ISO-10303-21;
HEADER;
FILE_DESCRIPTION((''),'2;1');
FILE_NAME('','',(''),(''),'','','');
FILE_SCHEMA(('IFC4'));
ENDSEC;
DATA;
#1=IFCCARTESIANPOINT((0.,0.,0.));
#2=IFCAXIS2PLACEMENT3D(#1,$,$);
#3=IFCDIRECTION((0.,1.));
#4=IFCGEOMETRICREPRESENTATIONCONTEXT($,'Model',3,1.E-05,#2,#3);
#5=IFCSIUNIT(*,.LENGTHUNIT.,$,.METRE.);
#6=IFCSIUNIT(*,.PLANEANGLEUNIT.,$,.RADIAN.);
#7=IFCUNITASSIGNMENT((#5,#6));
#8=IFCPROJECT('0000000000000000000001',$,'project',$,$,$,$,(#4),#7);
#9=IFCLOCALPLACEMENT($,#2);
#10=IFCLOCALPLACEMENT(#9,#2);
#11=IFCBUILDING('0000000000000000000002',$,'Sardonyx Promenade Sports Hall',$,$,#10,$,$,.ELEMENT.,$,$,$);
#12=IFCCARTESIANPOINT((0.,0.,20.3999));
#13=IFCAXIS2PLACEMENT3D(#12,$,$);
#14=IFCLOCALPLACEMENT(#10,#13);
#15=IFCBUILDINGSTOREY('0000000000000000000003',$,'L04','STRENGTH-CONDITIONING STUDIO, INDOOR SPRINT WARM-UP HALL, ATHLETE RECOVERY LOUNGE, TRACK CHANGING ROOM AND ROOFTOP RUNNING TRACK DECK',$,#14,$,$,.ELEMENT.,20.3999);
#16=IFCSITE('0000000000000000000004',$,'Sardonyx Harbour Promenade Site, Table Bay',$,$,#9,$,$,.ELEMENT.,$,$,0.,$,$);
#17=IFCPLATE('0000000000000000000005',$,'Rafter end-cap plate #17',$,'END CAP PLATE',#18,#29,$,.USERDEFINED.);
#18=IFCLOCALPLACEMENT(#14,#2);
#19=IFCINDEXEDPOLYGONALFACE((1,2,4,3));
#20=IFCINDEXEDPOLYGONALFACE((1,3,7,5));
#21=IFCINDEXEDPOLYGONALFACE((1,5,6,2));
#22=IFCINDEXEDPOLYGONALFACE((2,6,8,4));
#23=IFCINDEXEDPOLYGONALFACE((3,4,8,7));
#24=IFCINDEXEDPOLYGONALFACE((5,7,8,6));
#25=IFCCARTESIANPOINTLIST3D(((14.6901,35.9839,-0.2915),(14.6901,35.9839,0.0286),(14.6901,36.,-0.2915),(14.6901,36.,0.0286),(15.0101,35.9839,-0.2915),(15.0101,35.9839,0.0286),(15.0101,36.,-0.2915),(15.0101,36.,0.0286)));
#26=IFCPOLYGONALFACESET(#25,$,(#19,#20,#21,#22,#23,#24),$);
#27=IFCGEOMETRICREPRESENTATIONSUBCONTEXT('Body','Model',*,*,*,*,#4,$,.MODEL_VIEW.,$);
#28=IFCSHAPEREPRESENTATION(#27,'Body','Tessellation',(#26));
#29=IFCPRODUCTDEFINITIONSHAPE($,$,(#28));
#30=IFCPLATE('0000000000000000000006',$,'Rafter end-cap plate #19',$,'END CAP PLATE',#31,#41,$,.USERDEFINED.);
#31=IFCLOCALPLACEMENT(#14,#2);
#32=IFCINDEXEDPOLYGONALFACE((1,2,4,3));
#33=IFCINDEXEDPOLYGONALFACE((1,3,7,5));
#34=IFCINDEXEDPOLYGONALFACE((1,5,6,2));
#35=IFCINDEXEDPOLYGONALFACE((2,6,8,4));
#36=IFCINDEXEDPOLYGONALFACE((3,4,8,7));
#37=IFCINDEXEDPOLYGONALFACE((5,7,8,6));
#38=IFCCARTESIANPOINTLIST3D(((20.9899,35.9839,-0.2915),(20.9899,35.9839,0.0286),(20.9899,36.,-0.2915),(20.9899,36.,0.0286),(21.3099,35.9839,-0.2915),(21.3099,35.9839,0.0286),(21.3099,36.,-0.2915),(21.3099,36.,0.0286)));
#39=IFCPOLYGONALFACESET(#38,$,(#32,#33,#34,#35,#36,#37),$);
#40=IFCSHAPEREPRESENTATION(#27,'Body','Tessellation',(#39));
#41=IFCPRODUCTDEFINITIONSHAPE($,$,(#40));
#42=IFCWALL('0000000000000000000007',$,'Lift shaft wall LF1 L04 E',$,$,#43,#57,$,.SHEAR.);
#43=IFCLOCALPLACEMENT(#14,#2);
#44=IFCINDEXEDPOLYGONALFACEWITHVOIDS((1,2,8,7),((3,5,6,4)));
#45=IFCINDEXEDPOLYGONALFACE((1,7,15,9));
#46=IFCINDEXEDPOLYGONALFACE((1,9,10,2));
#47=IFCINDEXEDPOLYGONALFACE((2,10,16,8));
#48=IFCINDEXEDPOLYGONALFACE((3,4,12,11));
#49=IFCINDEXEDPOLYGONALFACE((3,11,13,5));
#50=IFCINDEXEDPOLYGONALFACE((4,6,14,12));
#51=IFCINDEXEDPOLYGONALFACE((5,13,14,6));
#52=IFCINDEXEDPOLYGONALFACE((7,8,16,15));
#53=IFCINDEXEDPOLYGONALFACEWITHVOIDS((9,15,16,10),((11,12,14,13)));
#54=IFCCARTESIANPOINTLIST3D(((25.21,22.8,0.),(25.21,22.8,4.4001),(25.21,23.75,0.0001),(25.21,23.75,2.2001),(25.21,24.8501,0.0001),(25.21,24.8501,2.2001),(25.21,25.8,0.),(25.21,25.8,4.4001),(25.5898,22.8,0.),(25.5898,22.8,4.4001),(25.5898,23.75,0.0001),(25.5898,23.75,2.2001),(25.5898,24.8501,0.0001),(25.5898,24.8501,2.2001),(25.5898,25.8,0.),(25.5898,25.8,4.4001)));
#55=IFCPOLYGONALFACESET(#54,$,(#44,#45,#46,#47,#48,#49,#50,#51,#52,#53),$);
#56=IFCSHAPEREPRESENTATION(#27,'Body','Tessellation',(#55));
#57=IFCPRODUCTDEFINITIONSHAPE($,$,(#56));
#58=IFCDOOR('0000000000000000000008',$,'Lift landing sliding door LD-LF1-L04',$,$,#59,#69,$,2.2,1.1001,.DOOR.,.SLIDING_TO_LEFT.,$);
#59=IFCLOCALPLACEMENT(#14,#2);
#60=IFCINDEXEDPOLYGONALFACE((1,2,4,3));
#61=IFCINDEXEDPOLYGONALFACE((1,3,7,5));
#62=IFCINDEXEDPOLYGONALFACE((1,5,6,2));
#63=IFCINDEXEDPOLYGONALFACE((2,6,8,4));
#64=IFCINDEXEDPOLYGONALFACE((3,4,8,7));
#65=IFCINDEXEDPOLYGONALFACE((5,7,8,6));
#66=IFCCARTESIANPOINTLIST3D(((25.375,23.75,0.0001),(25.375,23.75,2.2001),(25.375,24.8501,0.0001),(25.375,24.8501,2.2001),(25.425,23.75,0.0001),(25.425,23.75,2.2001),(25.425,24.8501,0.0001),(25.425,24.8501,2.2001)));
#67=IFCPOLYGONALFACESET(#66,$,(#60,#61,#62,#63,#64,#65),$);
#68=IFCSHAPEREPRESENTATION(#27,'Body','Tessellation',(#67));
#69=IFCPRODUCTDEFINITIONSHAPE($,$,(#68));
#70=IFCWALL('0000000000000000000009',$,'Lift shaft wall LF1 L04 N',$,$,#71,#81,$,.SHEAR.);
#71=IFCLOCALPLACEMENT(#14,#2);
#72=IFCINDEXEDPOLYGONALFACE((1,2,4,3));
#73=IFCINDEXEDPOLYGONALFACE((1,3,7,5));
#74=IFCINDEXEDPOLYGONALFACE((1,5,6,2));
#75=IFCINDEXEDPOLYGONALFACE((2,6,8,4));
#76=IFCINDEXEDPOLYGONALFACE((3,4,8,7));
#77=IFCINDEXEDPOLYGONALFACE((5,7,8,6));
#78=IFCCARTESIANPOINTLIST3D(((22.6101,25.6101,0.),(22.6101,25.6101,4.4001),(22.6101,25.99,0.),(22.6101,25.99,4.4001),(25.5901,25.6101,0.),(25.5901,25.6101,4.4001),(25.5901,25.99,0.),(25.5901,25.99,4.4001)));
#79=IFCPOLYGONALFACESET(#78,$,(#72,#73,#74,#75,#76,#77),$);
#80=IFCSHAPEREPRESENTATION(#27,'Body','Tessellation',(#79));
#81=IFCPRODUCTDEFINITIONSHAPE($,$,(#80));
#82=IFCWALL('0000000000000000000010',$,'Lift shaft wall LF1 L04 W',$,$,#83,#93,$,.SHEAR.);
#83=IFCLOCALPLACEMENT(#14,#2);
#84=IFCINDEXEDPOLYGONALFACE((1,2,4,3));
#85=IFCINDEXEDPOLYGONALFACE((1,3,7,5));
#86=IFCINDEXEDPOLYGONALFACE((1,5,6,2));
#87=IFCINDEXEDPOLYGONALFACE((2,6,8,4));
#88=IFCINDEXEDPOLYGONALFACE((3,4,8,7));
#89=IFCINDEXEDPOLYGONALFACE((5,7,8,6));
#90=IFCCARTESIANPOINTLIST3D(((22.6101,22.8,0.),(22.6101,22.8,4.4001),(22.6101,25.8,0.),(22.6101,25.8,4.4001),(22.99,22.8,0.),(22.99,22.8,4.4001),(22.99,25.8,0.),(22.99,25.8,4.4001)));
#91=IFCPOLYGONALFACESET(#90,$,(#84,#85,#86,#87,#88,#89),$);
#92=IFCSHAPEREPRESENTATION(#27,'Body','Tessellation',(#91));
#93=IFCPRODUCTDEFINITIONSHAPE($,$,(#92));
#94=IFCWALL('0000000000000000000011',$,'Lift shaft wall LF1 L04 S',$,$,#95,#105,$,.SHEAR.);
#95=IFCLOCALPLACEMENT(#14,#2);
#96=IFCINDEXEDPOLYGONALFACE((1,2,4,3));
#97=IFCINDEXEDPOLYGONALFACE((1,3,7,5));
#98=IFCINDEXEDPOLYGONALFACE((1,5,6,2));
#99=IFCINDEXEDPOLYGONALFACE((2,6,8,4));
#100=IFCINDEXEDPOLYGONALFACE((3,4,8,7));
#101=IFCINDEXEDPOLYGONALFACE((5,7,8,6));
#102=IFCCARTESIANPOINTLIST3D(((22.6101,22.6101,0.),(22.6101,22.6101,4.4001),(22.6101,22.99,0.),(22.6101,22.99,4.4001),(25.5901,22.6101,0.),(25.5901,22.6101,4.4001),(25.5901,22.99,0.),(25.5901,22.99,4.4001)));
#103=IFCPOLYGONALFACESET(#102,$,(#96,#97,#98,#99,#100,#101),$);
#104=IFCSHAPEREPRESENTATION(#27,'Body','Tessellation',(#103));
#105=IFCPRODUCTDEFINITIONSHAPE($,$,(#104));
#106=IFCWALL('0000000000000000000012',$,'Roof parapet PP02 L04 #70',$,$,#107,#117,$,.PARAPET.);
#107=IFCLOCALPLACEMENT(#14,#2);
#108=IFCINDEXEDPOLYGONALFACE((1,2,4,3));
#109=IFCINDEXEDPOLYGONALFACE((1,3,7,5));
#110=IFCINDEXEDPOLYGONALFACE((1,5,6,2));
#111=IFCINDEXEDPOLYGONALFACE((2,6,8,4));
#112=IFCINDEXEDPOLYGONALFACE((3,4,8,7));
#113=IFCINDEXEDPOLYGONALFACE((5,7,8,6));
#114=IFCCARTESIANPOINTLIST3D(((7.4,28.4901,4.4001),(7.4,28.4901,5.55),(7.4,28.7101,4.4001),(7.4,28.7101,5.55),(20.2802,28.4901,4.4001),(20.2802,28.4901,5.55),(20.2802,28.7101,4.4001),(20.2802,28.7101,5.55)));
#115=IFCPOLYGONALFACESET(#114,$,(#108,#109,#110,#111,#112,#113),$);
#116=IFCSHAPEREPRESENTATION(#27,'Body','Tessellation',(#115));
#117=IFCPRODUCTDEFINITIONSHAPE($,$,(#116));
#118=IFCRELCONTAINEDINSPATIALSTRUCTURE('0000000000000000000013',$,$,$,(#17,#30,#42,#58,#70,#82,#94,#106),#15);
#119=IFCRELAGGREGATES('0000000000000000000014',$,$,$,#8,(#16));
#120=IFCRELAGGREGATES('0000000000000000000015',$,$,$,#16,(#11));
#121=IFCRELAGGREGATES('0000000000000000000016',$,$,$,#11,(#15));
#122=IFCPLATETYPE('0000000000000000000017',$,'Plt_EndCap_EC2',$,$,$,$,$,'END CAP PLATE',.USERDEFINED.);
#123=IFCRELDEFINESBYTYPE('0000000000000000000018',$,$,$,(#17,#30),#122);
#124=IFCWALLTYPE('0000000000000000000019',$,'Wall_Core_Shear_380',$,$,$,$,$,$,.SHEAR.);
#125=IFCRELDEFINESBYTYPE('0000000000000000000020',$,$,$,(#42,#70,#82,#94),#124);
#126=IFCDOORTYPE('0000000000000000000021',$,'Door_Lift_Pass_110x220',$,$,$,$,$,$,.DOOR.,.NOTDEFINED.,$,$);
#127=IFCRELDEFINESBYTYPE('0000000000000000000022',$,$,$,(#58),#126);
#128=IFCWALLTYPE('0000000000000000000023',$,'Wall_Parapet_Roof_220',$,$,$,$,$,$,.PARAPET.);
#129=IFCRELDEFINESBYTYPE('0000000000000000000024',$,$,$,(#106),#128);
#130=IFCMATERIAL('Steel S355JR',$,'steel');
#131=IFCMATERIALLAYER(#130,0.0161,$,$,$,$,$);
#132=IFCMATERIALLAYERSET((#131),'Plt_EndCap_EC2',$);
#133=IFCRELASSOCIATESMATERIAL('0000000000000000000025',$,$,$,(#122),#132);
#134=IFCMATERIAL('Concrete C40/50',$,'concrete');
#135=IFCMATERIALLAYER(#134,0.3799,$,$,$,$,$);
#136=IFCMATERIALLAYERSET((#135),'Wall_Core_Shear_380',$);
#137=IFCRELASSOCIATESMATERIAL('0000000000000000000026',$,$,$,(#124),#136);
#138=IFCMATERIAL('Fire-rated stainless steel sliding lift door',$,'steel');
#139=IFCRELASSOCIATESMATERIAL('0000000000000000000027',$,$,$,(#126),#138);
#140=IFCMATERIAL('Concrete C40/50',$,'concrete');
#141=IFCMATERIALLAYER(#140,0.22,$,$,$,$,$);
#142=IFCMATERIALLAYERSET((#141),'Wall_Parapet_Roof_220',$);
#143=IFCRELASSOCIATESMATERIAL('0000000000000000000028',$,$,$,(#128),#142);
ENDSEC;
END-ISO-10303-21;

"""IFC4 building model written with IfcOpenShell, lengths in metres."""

from ifc_helpers import new_model, si_unit, direction, frame, frame_2d, origin, origin_2d, place, context, subcontext, project, spatial, rectangle, extrude, material, layer, layer_set, type_object, element, fill, save


model = new_model("IFC4")

# Units and contexts
model_context = context("Model", 3, precision=1e-05, world=origin(), true_north=direction((0.0, 1.0)))
body_context = subcontext(model_context, "Body", "Model", "MODEL_VIEW")
ifc_project = project(units=[si_unit("LENGTHUNIT", "METRE"), si_unit("PLANEANGLEUNIT", "RADIAN")], contexts=[model_context])

# Site, building, storey
site_placement = place(None, origin())
site = spatial("IfcSite", under=ifc_project, at=site_placement, Name="Sardonyx Harbour Promenade Site, Table Bay", CompositionType="ELEMENT", RefElevation=0.0)
building_placement = place(site_placement, origin())
building = spatial("IfcBuilding", under=site, at=building_placement, Name="Sardonyx Promenade Sports Hall", CompositionType="ELEMENT")
storey_placement = place(building_placement, frame((0.0, 0.0, 20.3999)))
storey = spatial("IfcBuildingStorey", under=building, at=storey_placement, Name="L04", Description="STRENGTH-CONDITIONING STUDIO, INDOOR SPRINT WARM-UP HALL, ATHLETE RECOVERY LOUNGE, TRACK CHANGING ROOM AND ROOFTOP RUNNING TRACK DECK", CompositionType="ELEMENT", Elevation=20.3999)

# Plates
ifc_material_1 = material(Name="Steel S355JR", Category="steel")
ifc_layer_1 = layer(ifc_material_1, 0.0161)
ifc_layer_set_1 = layer_set([ifc_layer_1], Name="Plt_EndCap_EC2")
plate_type = type_object("IfcPlateType", Name="Plt_EndCap_EC2", ElementType="END CAP PLATE", PredefinedType="USERDEFINED", material=ifc_layer_set_1)
for number, where, z_axis, x_axis, name in (
    (1, (14.8501, 35.9919, -0.2915), (0.0, 0.0, 1.0), (1.0, 0.0, 0.0), "Rafter end-cap plate #17"),
    (2, (21.1499, 35.9919, -0.2915), (0.0, 0.0, 1.0), (1.0, 0.0, 0.0), "Rafter end-cap plate #19"),
):
    element("IfcPlate", number, at=place(storey_placement, frame(where, z_axis=z_axis, x_axis=x_axis)), inside=storey, type_object=plate_type, Name=name, ObjectType="END CAP PLATE", PredefinedType="USERDEFINED", context=body_context, shape_type="SweptSolid", body=[
        extrude(rectangle(XDim=0.3201, YDim=0.0161, at=origin_2d()), origin(), (0.0, 0.0, 1.0), 0.3201),
    ])

# Wall, opening, door
ifc_material_2 = material(Name="Concrete C40/50", Category="concrete")
ifc_layer_2 = layer(ifc_material_2, 0.3799)
ifc_layer_set_2 = layer_set([ifc_layer_2], Name="Wall_Core_Shear_380")
wall_type_1 = type_object("IfcWallType", Name="Wall_Core_Shear_380", PredefinedType="SHEAR", material=ifc_layer_set_2)
wall_1_placement = place(storey_placement, frame((25.3999, 22.8, 0.0), z_axis=(0.0, 0.0, 1.0), x_axis=(0.0, 1.0, 0.0)))
wall_1 = element("IfcWall", 3, at=wall_1_placement, inside=storey, type_object=wall_type_1, Name="Lift shaft wall LF1 L04 E", PredefinedType="SHEAR", context=body_context, shape_type="SweptSolid", body=[
    extrude(rectangle(XDim=3.0, YDim=0.3799, at=frame_2d((1.5, 0.0))), origin(), (0.0, 0.0, 1.0), 4.4001),
])
opening_placement = place(wall_1_placement, frame((0.95, 0.0, 0.0)))
opening = element("IfcOpeningElement", 4, at=opening_placement, cuts=wall_1, PredefinedType="OPENING", context=body_context, shape_type="SweptSolid", body=[
    extrude(rectangle(XDim=1.1001, YDim=2.2, at=frame_2d((0.55, 1.1001))), frame((0.0, 0.2, 0.0), z_axis=(0.0, -1.0, 0.0), x_axis=(1.0, 0.0, 0.0)), (0.0, 0.0, 1.0), 0.4),
])
ifc_material_3 = material(Name="Fire-rated stainless steel sliding lift door", Category="steel")
door_type = type_object("IfcDoorType", Name="Door_Lift_Pass_110x220", OperationType="NOTDEFINED", PredefinedType="DOOR", material=ifc_material_3)
door_placement = place(opening_placement, origin())
door = element("IfcDoor", 5, at=door_placement, inside=storey, type_object=door_type, Name="Lift landing sliding door LD-LF1-L04", OperationType="SLIDING_TO_LEFT", OverallHeight=2.2, OverallWidth=1.1001, PredefinedType="DOOR", context=body_context, shape_type="SweptSolid", body=[
    extrude(rectangle(XDim=1.1001, YDim=2.2, at=frame_2d((0.55, 1.1001))), frame((0.0, 0.0249, 0.0), z_axis=(0.0, -1.0, 0.0), x_axis=(1.0, 0.0, 0.0)), (0.0, 0.0, 1.0), 0.05),
])
fill(opening, door)

# Walls
wall_2_placement = place(storey_placement, frame((22.6101, 25.8, 0.0), z_axis=(0.0, 0.0, 1.0), x_axis=(1.0, 0.0, 0.0)))
element("IfcWall", 6, at=wall_2_placement, inside=storey, type_object=wall_type_1, Name="Lift shaft wall LF1 L04 N", PredefinedType="SHEAR", context=body_context, shape_type="SweptSolid", body=[
    extrude(rectangle(XDim=2.98, YDim=0.3799, at=frame_2d((1.49, 0.0))), origin(), (0.0, 0.0, 1.0), 4.4001),
])
wall_3_placement = place(storey_placement, frame((22.8, 25.8, 0.0), z_axis=(0.0, 0.0, 1.0), x_axis=(0.0, -1.0, 0.0)))
element("IfcWall", 7, at=wall_3_placement, inside=storey, type_object=wall_type_1, Name="Lift shaft wall LF1 L04 W", PredefinedType="SHEAR", context=body_context, shape_type="SweptSolid", body=[
    extrude(rectangle(XDim=3.0, YDim=0.3799, at=frame_2d((1.5, 0.0))), origin(), (0.0, 0.0, 1.0), 4.4001),
])
wall_4_placement = place(storey_placement, frame((25.5901, 22.8, 0.0), z_axis=(0.0, 0.0, 1.0), x_axis=(-1.0, 0.0, 0.0)))
element("IfcWall", 8, at=wall_4_placement, inside=storey, type_object=wall_type_1, Name="Lift shaft wall LF1 L04 S", PredefinedType="SHEAR", context=body_context, shape_type="SweptSolid", body=[
    extrude(rectangle(XDim=2.98, YDim=0.3799, at=frame_2d((1.49, 0.0))), origin(), (0.0, 0.0, 1.0), 4.4001),
])
ifc_material_4 = material(Name="Concrete C40/50", Category="concrete")
ifc_layer_3 = layer(ifc_material_4, 0.22)
ifc_layer_set_3 = layer_set([ifc_layer_3], Name="Wall_Parapet_Roof_220")
wall_type_2 = type_object("IfcWallType", Name="Wall_Parapet_Roof_220", PredefinedType="PARAPET", material=ifc_layer_set_3)
wall_5_placement = place(storey_placement, frame((20.28, 28.6001, 4.4001), z_axis=(0.0, 0.0, 1.0), x_axis=(-1.0, 0.0, 0.0)))
element("IfcWall", 9, at=wall_5_placement, inside=storey, type_object=wall_type_2, Name="Roof parapet PP02 L04 #70", PredefinedType="PARAPET", context=body_context, shape_type="SweptSolid", body=[
    extrude(rectangle(XDim=12.8801, YDim=0.22, at=frame_2d((6.4399, 0.0))), origin(), (0.0, 0.0, 1.0), 1.1499),
])

save(model, "model.ifc")
